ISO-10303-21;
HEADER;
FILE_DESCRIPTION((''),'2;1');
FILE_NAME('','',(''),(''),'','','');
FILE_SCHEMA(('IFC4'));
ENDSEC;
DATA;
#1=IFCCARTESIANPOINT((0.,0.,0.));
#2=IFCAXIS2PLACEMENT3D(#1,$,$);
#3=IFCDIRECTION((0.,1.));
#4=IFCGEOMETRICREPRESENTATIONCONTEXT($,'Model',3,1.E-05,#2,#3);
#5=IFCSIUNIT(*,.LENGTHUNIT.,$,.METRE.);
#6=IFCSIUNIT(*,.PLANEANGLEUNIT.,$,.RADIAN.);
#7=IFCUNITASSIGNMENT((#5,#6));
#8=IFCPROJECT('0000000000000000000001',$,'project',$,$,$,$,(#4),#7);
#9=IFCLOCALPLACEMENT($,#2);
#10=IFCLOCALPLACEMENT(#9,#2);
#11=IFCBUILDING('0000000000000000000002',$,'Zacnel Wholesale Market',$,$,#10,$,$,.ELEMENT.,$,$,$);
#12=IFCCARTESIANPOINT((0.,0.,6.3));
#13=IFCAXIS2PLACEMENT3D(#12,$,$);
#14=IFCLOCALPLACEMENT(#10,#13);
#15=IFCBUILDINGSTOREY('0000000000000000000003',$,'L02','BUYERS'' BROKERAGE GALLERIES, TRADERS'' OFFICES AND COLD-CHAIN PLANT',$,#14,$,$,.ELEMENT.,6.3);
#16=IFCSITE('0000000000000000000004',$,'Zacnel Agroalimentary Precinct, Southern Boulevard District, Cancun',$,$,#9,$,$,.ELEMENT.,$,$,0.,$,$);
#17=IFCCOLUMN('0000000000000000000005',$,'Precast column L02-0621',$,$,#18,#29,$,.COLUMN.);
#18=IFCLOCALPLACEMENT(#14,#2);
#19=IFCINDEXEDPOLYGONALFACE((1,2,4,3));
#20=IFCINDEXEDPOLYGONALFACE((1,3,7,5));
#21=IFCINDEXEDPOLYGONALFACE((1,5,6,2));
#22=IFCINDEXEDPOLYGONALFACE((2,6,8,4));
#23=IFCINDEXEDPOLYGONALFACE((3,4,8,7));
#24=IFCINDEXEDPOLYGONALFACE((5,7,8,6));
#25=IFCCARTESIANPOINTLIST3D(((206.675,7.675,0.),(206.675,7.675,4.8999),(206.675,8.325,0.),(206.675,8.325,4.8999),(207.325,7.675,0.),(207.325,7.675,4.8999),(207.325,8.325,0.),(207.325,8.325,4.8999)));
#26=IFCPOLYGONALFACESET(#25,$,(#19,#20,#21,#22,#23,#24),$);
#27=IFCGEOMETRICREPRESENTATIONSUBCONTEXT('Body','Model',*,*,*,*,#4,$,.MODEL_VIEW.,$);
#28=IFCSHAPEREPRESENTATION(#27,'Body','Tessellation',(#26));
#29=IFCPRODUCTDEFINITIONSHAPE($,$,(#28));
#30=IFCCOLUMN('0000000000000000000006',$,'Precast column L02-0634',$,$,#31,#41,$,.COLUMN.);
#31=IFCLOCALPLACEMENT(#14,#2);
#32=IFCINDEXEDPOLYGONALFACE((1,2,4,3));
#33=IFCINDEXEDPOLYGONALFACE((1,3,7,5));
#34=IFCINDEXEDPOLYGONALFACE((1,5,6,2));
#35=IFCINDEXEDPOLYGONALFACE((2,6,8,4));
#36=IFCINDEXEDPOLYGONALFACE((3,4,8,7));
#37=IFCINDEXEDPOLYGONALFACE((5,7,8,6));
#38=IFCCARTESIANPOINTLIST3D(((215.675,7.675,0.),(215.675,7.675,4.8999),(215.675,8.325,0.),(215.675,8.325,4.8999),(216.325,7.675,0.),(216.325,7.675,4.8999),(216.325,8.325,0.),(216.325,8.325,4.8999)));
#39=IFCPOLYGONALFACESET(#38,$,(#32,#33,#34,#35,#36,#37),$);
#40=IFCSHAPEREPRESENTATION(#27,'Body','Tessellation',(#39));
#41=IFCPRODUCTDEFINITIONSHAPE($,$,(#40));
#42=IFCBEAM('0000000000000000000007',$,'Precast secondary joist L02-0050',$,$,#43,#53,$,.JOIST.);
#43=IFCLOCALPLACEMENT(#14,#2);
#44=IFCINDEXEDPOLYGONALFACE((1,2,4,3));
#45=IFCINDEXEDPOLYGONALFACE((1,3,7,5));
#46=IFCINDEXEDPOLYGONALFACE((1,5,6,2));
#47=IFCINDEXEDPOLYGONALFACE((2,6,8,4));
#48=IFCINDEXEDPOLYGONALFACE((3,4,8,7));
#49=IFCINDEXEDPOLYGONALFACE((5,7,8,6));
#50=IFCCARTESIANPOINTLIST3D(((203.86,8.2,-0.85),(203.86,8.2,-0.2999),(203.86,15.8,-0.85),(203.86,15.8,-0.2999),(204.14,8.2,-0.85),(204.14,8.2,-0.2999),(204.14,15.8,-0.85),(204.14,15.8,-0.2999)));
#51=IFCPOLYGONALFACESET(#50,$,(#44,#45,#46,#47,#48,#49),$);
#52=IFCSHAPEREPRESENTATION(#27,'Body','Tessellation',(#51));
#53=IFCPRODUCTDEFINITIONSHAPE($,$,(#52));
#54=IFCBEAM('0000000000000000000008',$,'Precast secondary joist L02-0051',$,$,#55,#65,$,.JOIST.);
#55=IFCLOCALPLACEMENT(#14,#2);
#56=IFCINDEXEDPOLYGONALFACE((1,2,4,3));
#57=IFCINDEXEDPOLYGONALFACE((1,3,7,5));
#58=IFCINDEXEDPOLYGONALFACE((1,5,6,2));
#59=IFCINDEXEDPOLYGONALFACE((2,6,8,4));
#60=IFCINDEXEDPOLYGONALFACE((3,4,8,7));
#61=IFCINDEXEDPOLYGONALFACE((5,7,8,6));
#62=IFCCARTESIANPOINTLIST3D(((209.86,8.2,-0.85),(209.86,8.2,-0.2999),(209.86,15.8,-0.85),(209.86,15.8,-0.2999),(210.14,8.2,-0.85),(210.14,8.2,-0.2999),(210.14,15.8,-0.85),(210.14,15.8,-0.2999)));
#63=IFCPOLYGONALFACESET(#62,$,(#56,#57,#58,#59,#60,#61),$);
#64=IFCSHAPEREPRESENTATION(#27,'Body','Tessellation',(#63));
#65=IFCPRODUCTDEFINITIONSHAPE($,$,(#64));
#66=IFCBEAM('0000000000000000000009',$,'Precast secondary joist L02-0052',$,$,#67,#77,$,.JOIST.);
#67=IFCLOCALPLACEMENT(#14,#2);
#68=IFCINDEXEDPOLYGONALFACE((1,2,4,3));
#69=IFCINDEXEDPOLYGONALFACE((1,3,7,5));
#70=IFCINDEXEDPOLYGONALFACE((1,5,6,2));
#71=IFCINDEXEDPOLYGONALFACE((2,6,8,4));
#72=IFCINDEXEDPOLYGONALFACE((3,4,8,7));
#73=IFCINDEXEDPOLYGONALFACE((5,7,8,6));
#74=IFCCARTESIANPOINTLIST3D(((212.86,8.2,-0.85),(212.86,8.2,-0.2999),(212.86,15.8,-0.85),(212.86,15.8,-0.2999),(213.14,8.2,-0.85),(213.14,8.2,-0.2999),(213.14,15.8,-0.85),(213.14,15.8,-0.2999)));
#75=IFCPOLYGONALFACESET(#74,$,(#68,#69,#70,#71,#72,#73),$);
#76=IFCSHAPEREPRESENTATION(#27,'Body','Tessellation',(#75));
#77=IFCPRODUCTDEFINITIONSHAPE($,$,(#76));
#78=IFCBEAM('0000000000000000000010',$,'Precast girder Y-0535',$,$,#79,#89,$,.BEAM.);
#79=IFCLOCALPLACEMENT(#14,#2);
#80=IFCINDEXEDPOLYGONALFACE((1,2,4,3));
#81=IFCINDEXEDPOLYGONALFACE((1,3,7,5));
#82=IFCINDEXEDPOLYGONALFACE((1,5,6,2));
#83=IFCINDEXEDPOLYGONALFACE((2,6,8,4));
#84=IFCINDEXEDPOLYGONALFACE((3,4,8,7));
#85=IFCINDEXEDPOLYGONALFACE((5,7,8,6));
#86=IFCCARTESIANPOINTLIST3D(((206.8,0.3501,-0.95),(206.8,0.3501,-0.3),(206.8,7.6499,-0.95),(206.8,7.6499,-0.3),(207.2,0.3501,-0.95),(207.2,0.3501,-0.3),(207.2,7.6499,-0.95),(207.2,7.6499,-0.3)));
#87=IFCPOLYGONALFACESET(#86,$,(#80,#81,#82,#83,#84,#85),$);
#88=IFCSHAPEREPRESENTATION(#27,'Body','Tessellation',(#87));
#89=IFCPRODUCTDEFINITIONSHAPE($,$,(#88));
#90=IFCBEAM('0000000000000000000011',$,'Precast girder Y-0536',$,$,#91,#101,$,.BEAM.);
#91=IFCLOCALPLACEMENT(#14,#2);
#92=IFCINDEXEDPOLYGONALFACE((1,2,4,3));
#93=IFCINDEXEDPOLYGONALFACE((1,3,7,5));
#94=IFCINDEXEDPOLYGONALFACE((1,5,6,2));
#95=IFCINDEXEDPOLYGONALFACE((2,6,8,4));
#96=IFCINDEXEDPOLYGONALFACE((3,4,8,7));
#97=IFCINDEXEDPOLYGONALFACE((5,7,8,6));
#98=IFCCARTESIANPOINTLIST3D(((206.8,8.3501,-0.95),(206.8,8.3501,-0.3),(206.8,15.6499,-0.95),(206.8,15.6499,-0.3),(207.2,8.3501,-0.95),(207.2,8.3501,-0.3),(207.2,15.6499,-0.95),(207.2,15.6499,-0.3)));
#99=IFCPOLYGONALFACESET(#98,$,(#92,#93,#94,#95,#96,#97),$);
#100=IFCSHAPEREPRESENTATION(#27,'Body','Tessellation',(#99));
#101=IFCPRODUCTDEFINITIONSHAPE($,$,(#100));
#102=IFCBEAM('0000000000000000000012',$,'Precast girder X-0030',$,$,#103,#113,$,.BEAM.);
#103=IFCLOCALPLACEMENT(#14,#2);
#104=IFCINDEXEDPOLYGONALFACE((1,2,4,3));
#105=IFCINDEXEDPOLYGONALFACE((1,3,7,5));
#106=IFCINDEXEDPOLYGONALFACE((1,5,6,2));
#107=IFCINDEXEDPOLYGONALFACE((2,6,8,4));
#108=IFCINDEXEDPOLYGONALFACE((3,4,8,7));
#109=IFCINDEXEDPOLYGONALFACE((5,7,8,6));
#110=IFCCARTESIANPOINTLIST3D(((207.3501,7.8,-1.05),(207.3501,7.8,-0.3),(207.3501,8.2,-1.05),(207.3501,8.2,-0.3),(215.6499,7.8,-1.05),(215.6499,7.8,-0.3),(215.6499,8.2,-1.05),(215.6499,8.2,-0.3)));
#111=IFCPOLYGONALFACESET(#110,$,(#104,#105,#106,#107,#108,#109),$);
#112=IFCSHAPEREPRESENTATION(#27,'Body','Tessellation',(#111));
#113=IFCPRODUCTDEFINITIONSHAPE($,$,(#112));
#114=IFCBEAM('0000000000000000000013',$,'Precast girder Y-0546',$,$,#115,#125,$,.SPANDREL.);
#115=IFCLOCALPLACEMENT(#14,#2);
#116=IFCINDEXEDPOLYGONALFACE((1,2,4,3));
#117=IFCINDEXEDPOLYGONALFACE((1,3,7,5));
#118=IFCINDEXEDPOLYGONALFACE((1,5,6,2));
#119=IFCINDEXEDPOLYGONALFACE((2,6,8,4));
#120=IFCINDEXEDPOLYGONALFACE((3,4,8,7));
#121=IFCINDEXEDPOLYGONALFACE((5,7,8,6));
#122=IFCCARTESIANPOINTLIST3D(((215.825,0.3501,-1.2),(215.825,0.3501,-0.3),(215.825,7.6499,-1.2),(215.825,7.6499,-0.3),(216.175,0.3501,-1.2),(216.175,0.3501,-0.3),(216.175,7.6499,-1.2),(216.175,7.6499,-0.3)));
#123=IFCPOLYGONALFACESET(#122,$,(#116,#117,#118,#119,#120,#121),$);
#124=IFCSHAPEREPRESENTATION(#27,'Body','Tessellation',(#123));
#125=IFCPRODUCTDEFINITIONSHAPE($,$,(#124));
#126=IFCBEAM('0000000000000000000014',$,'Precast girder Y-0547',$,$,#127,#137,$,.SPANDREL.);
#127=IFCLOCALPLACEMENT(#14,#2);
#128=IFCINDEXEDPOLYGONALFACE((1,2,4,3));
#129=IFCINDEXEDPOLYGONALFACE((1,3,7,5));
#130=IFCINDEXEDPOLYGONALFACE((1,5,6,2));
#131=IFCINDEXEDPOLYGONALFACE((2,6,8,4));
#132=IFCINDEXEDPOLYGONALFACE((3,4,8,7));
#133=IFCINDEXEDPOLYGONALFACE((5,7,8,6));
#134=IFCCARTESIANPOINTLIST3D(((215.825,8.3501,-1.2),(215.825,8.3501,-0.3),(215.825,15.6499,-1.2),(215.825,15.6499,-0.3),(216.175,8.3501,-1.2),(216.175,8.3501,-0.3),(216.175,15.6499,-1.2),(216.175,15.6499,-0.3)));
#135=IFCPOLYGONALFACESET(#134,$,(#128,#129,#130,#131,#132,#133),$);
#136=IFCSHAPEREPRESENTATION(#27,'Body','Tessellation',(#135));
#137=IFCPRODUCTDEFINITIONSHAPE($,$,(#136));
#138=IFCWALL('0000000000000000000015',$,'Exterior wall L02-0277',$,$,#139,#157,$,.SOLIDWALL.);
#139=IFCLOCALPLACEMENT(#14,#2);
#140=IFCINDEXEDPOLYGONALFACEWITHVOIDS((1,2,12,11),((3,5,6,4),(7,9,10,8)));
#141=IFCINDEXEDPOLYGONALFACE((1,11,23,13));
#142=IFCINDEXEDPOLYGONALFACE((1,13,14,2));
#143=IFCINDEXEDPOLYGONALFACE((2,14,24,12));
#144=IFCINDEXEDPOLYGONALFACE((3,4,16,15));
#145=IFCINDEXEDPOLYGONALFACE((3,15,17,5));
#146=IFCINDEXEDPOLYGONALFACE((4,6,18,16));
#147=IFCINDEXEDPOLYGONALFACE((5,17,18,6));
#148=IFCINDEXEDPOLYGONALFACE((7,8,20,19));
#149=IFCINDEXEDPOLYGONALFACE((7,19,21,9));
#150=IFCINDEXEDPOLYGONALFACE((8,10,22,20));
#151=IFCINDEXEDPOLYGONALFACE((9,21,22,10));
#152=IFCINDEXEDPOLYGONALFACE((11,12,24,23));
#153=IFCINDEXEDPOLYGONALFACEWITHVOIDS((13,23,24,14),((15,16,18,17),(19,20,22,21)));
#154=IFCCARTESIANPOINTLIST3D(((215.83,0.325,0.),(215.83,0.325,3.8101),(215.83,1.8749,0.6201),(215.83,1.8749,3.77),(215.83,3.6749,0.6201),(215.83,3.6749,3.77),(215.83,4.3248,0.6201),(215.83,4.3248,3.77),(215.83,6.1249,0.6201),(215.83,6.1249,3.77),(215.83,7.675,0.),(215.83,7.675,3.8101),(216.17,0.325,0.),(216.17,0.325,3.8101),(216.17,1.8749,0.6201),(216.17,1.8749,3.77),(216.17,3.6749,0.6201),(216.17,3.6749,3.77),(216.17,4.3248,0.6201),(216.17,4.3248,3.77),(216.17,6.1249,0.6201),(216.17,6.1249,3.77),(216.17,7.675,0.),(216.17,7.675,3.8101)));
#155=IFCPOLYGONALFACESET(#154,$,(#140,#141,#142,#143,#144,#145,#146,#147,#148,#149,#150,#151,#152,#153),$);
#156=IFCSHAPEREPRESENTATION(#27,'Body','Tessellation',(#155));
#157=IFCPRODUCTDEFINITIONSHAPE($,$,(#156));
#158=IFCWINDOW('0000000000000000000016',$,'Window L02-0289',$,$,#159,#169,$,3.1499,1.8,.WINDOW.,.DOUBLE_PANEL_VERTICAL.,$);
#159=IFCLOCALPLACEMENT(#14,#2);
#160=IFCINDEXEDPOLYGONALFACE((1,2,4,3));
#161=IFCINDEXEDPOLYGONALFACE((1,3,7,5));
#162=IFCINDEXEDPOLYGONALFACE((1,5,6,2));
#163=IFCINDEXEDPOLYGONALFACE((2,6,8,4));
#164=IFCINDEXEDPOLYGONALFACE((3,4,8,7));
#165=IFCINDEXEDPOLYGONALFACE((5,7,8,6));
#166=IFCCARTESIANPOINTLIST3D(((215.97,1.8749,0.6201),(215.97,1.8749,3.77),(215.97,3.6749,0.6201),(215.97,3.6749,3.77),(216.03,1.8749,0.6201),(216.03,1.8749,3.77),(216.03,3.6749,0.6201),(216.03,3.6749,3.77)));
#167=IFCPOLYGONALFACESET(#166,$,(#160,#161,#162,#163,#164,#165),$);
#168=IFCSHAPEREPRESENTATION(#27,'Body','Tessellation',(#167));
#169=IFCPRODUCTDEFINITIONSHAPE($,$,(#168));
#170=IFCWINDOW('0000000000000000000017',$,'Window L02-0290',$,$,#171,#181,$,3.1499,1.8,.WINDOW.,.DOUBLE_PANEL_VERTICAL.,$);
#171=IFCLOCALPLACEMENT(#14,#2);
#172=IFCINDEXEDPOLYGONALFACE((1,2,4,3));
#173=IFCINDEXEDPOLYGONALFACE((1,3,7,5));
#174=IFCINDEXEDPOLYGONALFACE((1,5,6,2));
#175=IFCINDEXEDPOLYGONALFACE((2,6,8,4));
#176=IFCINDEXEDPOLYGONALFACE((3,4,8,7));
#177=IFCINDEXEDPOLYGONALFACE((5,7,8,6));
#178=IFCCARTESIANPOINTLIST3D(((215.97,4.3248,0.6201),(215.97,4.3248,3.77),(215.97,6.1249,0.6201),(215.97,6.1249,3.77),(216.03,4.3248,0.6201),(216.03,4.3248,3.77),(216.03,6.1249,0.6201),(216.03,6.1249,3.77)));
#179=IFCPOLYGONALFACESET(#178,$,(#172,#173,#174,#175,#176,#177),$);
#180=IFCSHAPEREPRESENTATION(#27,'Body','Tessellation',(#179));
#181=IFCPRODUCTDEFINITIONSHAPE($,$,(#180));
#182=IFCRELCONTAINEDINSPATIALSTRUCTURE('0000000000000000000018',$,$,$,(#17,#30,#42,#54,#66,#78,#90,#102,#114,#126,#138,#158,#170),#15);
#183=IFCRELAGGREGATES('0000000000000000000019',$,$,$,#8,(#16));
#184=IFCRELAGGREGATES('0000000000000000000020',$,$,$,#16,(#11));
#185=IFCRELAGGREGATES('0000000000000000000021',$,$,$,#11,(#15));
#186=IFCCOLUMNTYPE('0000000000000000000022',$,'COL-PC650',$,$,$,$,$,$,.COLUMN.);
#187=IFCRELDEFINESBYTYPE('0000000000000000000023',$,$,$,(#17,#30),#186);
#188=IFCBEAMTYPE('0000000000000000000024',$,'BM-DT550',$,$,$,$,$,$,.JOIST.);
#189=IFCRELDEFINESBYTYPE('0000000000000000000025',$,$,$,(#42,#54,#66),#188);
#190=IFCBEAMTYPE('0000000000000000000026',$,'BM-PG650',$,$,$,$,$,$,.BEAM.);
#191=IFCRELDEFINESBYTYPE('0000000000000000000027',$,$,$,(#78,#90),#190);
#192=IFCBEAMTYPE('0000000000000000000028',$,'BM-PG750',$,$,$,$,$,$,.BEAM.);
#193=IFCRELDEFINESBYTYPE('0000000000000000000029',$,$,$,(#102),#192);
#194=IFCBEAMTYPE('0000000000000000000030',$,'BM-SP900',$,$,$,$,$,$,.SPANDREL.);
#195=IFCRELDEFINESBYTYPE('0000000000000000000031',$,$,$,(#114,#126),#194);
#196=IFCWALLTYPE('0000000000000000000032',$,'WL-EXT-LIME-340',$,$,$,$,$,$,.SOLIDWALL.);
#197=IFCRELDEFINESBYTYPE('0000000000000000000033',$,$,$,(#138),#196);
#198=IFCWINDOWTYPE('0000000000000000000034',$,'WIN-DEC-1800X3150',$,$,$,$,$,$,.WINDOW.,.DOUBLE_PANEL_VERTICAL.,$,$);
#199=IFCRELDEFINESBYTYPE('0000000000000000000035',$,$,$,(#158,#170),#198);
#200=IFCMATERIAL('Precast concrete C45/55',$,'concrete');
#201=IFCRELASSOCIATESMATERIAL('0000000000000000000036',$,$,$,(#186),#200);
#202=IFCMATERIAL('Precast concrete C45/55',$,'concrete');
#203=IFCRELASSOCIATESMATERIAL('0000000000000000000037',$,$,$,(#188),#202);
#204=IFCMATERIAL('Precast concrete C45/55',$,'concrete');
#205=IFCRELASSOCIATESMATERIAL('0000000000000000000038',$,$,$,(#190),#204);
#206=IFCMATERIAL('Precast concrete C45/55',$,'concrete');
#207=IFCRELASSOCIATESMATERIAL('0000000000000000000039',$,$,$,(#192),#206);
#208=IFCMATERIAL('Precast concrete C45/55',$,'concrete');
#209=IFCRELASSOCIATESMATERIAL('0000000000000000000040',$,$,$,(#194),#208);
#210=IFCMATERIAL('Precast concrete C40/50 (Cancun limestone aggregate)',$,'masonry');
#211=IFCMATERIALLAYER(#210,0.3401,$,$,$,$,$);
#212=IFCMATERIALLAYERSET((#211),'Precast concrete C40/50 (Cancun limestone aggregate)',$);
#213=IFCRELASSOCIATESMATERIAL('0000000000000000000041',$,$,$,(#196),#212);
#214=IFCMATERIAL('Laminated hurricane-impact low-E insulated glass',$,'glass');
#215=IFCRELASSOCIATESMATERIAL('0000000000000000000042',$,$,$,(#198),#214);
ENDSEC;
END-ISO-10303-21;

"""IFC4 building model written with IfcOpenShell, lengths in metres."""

from ifc_helpers import new_model, si_unit, direction, frame, frame_2d, origin, origin_2d, place, context, subcontext, project, spatial, rectangle, extrude, material, layer, layer_set, material_profile, profile_set, type_object, element, fill, save


model = new_model("IFC4")

# Units and contexts
model_context = context("Model", 3, precision=1e-05, world=origin(), true_north=direction((0.0, 1.0)))
body_context = subcontext(model_context, "Body", "Model", "MODEL_VIEW")
ifc_project = project(units=[si_unit("LENGTHUNIT", "METRE"), si_unit("PLANEANGLEUNIT", "RADIAN")], contexts=[model_context])

# Site, building, storey
site_placement = place(None, origin())
site = spatial("IfcSite", under=ifc_project, at=site_placement, Name="Zacnel Agroalimentary Precinct, Southern Boulevard District, Cancun", CompositionType="ELEMENT", RefElevation=0.0)
building_placement = place(site_placement, origin())
building = spatial("IfcBuilding", under=site, at=building_placement, Name="Zacnel Wholesale Market", CompositionType="ELEMENT")
storey_placement = place(building_placement, frame((0.0, 0.0, 6.3)))
storey = spatial("IfcBuildingStorey", under=building, at=storey_placement, Name="L02", Description="BUYERS' BROKERAGE GALLERIES, TRADERS' OFFICES AND COLD-CHAIN PLANT", CompositionType="ELEMENT", Elevation=6.3)

# Columns
ifc_material_1 = material(Name="Precast concrete C45/55", Category="concrete")
ifc_material_profile_1 = material_profile(ifc_material_1, rectangle(XDim=0.6499, YDim=0.6499, at=origin_2d()), Name="PC 650x650")
ifc_profile_set_1 = profile_set([ifc_material_profile_1], Name="Precast concrete C45/55")
column_type = type_object("IfcColumnType", Name="COL-PC650", PredefinedType="COLUMN", material=ifc_profile_set_1)
for number, where, z_axis, x_axis, name in (
    (1, (207.0, 8.0, 0.0), (0.0, 0.0, 1.0), (1.0, 0.0, 0.0), "Precast column L02-0621"),
    (2, (216.0, 8.0, 0.0), (0.0, 0.0, 1.0), (1.0, 0.0, 0.0), "Precast column L02-0634"),
):
    element("IfcColumn", number, at=place(storey_placement, frame(where, z_axis=z_axis, x_axis=x_axis)), inside=storey, type_object=column_type, Name=name, PredefinedType="COLUMN", context=body_context, shape_type="SweptSolid", body=[
        extrude(rectangle(XDim=0.6499, YDim=0.6499, at=origin_2d()), origin(), (0.0, 0.0, 1.0), 4.8999),
    ])

# Beams
ifc_material_2 = material(Name="Precast concrete C45/55", Category="concrete")
ifc_material_profile_2 = material_profile(ifc_material_2, rectangle(XDim=0.28, YDim=0.55, at=origin_2d()), Name="DT RIB 280x550")
ifc_profile_set_2 = profile_set([ifc_material_profile_2], Name="Precast concrete C45/55")
beam_type_1 = type_object("IfcBeamType", Name="BM-DT550", PredefinedType="JOIST", material=ifc_profile_set_2)
for number, where, z_axis, x_axis, name in (
    (3, (204.0, 8.2, -0.575), (0.0, 1.0, 0.0), (-1.0, 0.0, 0.0), "Precast secondary joist L02-0050"),
    (4, (210.0, 8.2, -0.575), (0.0, 1.0, 0.0), (-1.0, 0.0, 0.0), "Precast secondary joist L02-0051"),
    (5, (213.0, 8.2, -0.575), (0.0, 1.0, 0.0), (-1.0, 0.0, 0.0), "Precast secondary joist L02-0052"),
):
    element("IfcBeam", number, at=place(storey_placement, frame(where, z_axis=z_axis, x_axis=x_axis)), inside=storey, type_object=beam_type_1, Name=name, PredefinedType="JOIST", context=body_context, shape_type="SweptSolid", body=[
        extrude(rectangle(XDim=0.28, YDim=0.55, at=origin_2d()), origin(), (0.0, 0.0, 1.0), 7.6001),
    ])
ifc_material_3 = material(Name="Precast concrete C45/55", Category="concrete")
ifc_material_profile_3 = material_profile(ifc_material_3, rectangle(XDim=0.3999, YDim=0.6499, at=origin_2d()), Name="PG 400x650")
ifc_profile_set_3 = profile_set([ifc_material_profile_3], Name="Precast concrete C45/55")
beam_type_2 = type_object("IfcBeamType", Name="BM-PG650", PredefinedType="BEAM", material=ifc_profile_set_3)
for number, where, z_axis, x_axis, name in (
    (6, (207.0, 0.3501, -0.625), (0.0, 1.0, 0.0), (-1.0, 0.0, 0.0), "Precast girder Y-0535"),
    (7, (207.0, 8.3501, -0.625), (0.0, 1.0, 0.0), (-1.0, 0.0, 0.0), "Precast girder Y-0536"),
):
    element("IfcBeam", number, at=place(storey_placement, frame(where, z_axis=z_axis, x_axis=x_axis)), inside=storey, type_object=beam_type_2, Name=name, PredefinedType="BEAM", context=body_context, shape_type="SweptSolid", body=[
        extrude(rectangle(XDim=0.3999, YDim=0.6499, at=origin_2d()), origin(), (0.0, 0.0, 1.0), 7.2998),
    ])
ifc_material_4 = material(Name="Precast concrete C45/55", Category="concrete")
ifc_material_profile_4 = material_profile(ifc_material_4, rectangle(XDim=0.3999, YDim=0.75, at=origin_2d()), Name="PG 400x750")
ifc_profile_set_4 = profile_set([ifc_material_profile_4], Name="Precast concrete C45/55")
beam_type_3 = type_object("IfcBeamType", Name="BM-PG750", PredefinedType="BEAM", material=ifc_profile_set_4)
beam_placement = place(storey_placement, frame((207.3501, 8.0, -0.675), z_axis=(1.0, 0.0, 0.0), x_axis=(0.0, 1.0, 0.0)))
element("IfcBeam", 8, at=beam_placement, inside=storey, type_object=beam_type_3, Name="Precast girder X-0030", PredefinedType="BEAM", context=body_context, shape_type="SweptSolid", body=[
    extrude(rectangle(XDim=0.3999, YDim=0.75, at=origin_2d()), origin(), (0.0, 0.0, 1.0), 8.2998),
])
ifc_material_5 = material(Name="Precast concrete C45/55", Category="concrete")
ifc_material_profile_5 = material_profile(ifc_material_5, rectangle(XDim=0.3501, YDim=0.8999, at=origin_2d()), Name="SP 350x900")
ifc_profile_set_5 = profile_set([ifc_material_profile_5], Name="Precast concrete C45/55")
beam_type_4 = type_object("IfcBeamType", Name="BM-SP900", PredefinedType="SPANDREL", material=ifc_profile_set_5)
for number, where, z_axis, x_axis, name in (
    (9, (216.0, 0.3501, -0.75), (0.0, 1.0, 0.0), (-1.0, 0.0, 0.0), "Precast girder Y-0546"),
    (10, (216.0, 8.3501, -0.75), (0.0, 1.0, 0.0), (-1.0, 0.0, 0.0), "Precast girder Y-0547"),
):
    element("IfcBeam", number, at=place(storey_placement, frame(where, z_axis=z_axis, x_axis=x_axis)), inside=storey, type_object=beam_type_4, Name=name, PredefinedType="SPANDREL", context=body_context, shape_type="SweptSolid", body=[
        extrude(rectangle(XDim=0.3501, YDim=0.8999, at=origin_2d()), origin(), (0.0, 0.0, 1.0), 7.2998),
    ])

# Wall, openings, windows
ifc_material_6 = material(Name="Precast concrete C40/50 (Cancun limestone aggregate)", Category="masonry")
ifc_layer_1 = layer(ifc_material_6, 0.3401)
ifc_layer_set_1 = layer_set([ifc_layer_1], Name="Precast concrete C40/50 (Cancun limestone aggregate)")
wall_type = type_object("IfcWallType", Name="WL-EXT-LIME-340", PredefinedType="SOLIDWALL", material=ifc_layer_set_1)
wall_1_placement = place(storey_placement, frame((216.0, 0.325, 0.0), z_axis=(0.0, 0.0, 1.0), x_axis=(0.0, 1.0, 0.0)))
wall_1 = element("IfcWall", 11, at=wall_1_placement, inside=storey, type_object=wall_type, Name="Exterior wall L02-0277", PredefinedType="SOLIDWALL", context=body_context, shape_type="SweptSolid", body=[
    extrude(rectangle(XDim=7.3501, YDim=0.3401, at=frame_2d((3.675, 0.0))), origin(), (0.0, 0.0, 1.0), 3.8101),
])
opening_1_placement = place(wall_1_placement, frame((1.55, 0.0, 0.6201)))
opening_1 = element("IfcOpeningElement", 12, at=opening_1_placement, cuts=wall_1, PredefinedType="OPENING", context=body_context, shape_type="SweptSolid", body=[
    extrude(rectangle(XDim=1.8, YDim=3.1499, at=frame_2d((0.8999, 1.575))), frame((0.0, 0.1799, 0.0), z_axis=(0.0, -1.0, 0.0), x_axis=(1.0, 0.0, 0.0)), (0.0, 0.0, 1.0), 0.3601),
])
opening_2_placement = place(wall_1_placement, frame((4.0, 0.0, 0.6201)))
opening_2 = element("IfcOpeningElement", 13, at=opening_2_placement, cuts=wall_1, PredefinedType="OPENING", context=body_context, shape_type="SweptSolid", body=[
    extrude(rectangle(XDim=1.8, YDim=3.1499, at=frame_2d((0.8999, 1.575))), frame((0.0, 0.1799, 0.0), z_axis=(0.0, -1.0, 0.0), x_axis=(1.0, 0.0, 0.0)), (0.0, 0.0, 1.0), 0.3601),
])
ifc_material_7 = material(Name="Laminated hurricane-impact low-E insulated glass", Category="glass")
window_type = type_object("IfcWindowType", Name="WIN-DEC-1800X3150", PartitioningType="DOUBLE_PANEL_VERTICAL", PredefinedType="WINDOW", material=ifc_material_7)
window_1_placement = place(opening_1_placement, origin())
window_1 = element("IfcWindow", 14, at=window_1_placement, inside=storey, type_object=window_type, Name="Window L02-0289", OverallHeight=3.1499, OverallWidth=1.8, PartitioningType="DOUBLE_PANEL_VERTICAL", PredefinedType="WINDOW", context=body_context, shape_type="SweptSolid", body=[
    extrude(rectangle(XDim=1.8, YDim=3.1499, at=frame_2d((0.8999, 1.575))), frame((0.0, 0.03, 0.0), z_axis=(0.0, -1.0, 0.0), x_axis=(1.0, 0.0, 0.0)), (0.0, 0.0, 1.0), 0.0601),
])
fill(opening_1, window_1)
window_2_placement = place(opening_2_placement, origin())
window_2 = element("IfcWindow", 15, at=window_2_placement, inside=storey, type_object=window_type, Name="Window L02-0290", OverallHeight=3.1499, OverallWidth=1.8, PartitioningType="DOUBLE_PANEL_VERTICAL", PredefinedType="WINDOW", context=body_context, shape_type="SweptSolid", body=[
    extrude(rectangle(XDim=1.8, YDim=3.1499, at=frame_2d((0.8999, 1.575))), frame((0.0, 0.03, 0.0), z_axis=(0.0, -1.0, 0.0), x_axis=(1.0, 0.0, 0.0)), (0.0, 0.0, 1.0), 0.0601),
])
fill(opening_2, window_2)

save(model, "model.ifc")
